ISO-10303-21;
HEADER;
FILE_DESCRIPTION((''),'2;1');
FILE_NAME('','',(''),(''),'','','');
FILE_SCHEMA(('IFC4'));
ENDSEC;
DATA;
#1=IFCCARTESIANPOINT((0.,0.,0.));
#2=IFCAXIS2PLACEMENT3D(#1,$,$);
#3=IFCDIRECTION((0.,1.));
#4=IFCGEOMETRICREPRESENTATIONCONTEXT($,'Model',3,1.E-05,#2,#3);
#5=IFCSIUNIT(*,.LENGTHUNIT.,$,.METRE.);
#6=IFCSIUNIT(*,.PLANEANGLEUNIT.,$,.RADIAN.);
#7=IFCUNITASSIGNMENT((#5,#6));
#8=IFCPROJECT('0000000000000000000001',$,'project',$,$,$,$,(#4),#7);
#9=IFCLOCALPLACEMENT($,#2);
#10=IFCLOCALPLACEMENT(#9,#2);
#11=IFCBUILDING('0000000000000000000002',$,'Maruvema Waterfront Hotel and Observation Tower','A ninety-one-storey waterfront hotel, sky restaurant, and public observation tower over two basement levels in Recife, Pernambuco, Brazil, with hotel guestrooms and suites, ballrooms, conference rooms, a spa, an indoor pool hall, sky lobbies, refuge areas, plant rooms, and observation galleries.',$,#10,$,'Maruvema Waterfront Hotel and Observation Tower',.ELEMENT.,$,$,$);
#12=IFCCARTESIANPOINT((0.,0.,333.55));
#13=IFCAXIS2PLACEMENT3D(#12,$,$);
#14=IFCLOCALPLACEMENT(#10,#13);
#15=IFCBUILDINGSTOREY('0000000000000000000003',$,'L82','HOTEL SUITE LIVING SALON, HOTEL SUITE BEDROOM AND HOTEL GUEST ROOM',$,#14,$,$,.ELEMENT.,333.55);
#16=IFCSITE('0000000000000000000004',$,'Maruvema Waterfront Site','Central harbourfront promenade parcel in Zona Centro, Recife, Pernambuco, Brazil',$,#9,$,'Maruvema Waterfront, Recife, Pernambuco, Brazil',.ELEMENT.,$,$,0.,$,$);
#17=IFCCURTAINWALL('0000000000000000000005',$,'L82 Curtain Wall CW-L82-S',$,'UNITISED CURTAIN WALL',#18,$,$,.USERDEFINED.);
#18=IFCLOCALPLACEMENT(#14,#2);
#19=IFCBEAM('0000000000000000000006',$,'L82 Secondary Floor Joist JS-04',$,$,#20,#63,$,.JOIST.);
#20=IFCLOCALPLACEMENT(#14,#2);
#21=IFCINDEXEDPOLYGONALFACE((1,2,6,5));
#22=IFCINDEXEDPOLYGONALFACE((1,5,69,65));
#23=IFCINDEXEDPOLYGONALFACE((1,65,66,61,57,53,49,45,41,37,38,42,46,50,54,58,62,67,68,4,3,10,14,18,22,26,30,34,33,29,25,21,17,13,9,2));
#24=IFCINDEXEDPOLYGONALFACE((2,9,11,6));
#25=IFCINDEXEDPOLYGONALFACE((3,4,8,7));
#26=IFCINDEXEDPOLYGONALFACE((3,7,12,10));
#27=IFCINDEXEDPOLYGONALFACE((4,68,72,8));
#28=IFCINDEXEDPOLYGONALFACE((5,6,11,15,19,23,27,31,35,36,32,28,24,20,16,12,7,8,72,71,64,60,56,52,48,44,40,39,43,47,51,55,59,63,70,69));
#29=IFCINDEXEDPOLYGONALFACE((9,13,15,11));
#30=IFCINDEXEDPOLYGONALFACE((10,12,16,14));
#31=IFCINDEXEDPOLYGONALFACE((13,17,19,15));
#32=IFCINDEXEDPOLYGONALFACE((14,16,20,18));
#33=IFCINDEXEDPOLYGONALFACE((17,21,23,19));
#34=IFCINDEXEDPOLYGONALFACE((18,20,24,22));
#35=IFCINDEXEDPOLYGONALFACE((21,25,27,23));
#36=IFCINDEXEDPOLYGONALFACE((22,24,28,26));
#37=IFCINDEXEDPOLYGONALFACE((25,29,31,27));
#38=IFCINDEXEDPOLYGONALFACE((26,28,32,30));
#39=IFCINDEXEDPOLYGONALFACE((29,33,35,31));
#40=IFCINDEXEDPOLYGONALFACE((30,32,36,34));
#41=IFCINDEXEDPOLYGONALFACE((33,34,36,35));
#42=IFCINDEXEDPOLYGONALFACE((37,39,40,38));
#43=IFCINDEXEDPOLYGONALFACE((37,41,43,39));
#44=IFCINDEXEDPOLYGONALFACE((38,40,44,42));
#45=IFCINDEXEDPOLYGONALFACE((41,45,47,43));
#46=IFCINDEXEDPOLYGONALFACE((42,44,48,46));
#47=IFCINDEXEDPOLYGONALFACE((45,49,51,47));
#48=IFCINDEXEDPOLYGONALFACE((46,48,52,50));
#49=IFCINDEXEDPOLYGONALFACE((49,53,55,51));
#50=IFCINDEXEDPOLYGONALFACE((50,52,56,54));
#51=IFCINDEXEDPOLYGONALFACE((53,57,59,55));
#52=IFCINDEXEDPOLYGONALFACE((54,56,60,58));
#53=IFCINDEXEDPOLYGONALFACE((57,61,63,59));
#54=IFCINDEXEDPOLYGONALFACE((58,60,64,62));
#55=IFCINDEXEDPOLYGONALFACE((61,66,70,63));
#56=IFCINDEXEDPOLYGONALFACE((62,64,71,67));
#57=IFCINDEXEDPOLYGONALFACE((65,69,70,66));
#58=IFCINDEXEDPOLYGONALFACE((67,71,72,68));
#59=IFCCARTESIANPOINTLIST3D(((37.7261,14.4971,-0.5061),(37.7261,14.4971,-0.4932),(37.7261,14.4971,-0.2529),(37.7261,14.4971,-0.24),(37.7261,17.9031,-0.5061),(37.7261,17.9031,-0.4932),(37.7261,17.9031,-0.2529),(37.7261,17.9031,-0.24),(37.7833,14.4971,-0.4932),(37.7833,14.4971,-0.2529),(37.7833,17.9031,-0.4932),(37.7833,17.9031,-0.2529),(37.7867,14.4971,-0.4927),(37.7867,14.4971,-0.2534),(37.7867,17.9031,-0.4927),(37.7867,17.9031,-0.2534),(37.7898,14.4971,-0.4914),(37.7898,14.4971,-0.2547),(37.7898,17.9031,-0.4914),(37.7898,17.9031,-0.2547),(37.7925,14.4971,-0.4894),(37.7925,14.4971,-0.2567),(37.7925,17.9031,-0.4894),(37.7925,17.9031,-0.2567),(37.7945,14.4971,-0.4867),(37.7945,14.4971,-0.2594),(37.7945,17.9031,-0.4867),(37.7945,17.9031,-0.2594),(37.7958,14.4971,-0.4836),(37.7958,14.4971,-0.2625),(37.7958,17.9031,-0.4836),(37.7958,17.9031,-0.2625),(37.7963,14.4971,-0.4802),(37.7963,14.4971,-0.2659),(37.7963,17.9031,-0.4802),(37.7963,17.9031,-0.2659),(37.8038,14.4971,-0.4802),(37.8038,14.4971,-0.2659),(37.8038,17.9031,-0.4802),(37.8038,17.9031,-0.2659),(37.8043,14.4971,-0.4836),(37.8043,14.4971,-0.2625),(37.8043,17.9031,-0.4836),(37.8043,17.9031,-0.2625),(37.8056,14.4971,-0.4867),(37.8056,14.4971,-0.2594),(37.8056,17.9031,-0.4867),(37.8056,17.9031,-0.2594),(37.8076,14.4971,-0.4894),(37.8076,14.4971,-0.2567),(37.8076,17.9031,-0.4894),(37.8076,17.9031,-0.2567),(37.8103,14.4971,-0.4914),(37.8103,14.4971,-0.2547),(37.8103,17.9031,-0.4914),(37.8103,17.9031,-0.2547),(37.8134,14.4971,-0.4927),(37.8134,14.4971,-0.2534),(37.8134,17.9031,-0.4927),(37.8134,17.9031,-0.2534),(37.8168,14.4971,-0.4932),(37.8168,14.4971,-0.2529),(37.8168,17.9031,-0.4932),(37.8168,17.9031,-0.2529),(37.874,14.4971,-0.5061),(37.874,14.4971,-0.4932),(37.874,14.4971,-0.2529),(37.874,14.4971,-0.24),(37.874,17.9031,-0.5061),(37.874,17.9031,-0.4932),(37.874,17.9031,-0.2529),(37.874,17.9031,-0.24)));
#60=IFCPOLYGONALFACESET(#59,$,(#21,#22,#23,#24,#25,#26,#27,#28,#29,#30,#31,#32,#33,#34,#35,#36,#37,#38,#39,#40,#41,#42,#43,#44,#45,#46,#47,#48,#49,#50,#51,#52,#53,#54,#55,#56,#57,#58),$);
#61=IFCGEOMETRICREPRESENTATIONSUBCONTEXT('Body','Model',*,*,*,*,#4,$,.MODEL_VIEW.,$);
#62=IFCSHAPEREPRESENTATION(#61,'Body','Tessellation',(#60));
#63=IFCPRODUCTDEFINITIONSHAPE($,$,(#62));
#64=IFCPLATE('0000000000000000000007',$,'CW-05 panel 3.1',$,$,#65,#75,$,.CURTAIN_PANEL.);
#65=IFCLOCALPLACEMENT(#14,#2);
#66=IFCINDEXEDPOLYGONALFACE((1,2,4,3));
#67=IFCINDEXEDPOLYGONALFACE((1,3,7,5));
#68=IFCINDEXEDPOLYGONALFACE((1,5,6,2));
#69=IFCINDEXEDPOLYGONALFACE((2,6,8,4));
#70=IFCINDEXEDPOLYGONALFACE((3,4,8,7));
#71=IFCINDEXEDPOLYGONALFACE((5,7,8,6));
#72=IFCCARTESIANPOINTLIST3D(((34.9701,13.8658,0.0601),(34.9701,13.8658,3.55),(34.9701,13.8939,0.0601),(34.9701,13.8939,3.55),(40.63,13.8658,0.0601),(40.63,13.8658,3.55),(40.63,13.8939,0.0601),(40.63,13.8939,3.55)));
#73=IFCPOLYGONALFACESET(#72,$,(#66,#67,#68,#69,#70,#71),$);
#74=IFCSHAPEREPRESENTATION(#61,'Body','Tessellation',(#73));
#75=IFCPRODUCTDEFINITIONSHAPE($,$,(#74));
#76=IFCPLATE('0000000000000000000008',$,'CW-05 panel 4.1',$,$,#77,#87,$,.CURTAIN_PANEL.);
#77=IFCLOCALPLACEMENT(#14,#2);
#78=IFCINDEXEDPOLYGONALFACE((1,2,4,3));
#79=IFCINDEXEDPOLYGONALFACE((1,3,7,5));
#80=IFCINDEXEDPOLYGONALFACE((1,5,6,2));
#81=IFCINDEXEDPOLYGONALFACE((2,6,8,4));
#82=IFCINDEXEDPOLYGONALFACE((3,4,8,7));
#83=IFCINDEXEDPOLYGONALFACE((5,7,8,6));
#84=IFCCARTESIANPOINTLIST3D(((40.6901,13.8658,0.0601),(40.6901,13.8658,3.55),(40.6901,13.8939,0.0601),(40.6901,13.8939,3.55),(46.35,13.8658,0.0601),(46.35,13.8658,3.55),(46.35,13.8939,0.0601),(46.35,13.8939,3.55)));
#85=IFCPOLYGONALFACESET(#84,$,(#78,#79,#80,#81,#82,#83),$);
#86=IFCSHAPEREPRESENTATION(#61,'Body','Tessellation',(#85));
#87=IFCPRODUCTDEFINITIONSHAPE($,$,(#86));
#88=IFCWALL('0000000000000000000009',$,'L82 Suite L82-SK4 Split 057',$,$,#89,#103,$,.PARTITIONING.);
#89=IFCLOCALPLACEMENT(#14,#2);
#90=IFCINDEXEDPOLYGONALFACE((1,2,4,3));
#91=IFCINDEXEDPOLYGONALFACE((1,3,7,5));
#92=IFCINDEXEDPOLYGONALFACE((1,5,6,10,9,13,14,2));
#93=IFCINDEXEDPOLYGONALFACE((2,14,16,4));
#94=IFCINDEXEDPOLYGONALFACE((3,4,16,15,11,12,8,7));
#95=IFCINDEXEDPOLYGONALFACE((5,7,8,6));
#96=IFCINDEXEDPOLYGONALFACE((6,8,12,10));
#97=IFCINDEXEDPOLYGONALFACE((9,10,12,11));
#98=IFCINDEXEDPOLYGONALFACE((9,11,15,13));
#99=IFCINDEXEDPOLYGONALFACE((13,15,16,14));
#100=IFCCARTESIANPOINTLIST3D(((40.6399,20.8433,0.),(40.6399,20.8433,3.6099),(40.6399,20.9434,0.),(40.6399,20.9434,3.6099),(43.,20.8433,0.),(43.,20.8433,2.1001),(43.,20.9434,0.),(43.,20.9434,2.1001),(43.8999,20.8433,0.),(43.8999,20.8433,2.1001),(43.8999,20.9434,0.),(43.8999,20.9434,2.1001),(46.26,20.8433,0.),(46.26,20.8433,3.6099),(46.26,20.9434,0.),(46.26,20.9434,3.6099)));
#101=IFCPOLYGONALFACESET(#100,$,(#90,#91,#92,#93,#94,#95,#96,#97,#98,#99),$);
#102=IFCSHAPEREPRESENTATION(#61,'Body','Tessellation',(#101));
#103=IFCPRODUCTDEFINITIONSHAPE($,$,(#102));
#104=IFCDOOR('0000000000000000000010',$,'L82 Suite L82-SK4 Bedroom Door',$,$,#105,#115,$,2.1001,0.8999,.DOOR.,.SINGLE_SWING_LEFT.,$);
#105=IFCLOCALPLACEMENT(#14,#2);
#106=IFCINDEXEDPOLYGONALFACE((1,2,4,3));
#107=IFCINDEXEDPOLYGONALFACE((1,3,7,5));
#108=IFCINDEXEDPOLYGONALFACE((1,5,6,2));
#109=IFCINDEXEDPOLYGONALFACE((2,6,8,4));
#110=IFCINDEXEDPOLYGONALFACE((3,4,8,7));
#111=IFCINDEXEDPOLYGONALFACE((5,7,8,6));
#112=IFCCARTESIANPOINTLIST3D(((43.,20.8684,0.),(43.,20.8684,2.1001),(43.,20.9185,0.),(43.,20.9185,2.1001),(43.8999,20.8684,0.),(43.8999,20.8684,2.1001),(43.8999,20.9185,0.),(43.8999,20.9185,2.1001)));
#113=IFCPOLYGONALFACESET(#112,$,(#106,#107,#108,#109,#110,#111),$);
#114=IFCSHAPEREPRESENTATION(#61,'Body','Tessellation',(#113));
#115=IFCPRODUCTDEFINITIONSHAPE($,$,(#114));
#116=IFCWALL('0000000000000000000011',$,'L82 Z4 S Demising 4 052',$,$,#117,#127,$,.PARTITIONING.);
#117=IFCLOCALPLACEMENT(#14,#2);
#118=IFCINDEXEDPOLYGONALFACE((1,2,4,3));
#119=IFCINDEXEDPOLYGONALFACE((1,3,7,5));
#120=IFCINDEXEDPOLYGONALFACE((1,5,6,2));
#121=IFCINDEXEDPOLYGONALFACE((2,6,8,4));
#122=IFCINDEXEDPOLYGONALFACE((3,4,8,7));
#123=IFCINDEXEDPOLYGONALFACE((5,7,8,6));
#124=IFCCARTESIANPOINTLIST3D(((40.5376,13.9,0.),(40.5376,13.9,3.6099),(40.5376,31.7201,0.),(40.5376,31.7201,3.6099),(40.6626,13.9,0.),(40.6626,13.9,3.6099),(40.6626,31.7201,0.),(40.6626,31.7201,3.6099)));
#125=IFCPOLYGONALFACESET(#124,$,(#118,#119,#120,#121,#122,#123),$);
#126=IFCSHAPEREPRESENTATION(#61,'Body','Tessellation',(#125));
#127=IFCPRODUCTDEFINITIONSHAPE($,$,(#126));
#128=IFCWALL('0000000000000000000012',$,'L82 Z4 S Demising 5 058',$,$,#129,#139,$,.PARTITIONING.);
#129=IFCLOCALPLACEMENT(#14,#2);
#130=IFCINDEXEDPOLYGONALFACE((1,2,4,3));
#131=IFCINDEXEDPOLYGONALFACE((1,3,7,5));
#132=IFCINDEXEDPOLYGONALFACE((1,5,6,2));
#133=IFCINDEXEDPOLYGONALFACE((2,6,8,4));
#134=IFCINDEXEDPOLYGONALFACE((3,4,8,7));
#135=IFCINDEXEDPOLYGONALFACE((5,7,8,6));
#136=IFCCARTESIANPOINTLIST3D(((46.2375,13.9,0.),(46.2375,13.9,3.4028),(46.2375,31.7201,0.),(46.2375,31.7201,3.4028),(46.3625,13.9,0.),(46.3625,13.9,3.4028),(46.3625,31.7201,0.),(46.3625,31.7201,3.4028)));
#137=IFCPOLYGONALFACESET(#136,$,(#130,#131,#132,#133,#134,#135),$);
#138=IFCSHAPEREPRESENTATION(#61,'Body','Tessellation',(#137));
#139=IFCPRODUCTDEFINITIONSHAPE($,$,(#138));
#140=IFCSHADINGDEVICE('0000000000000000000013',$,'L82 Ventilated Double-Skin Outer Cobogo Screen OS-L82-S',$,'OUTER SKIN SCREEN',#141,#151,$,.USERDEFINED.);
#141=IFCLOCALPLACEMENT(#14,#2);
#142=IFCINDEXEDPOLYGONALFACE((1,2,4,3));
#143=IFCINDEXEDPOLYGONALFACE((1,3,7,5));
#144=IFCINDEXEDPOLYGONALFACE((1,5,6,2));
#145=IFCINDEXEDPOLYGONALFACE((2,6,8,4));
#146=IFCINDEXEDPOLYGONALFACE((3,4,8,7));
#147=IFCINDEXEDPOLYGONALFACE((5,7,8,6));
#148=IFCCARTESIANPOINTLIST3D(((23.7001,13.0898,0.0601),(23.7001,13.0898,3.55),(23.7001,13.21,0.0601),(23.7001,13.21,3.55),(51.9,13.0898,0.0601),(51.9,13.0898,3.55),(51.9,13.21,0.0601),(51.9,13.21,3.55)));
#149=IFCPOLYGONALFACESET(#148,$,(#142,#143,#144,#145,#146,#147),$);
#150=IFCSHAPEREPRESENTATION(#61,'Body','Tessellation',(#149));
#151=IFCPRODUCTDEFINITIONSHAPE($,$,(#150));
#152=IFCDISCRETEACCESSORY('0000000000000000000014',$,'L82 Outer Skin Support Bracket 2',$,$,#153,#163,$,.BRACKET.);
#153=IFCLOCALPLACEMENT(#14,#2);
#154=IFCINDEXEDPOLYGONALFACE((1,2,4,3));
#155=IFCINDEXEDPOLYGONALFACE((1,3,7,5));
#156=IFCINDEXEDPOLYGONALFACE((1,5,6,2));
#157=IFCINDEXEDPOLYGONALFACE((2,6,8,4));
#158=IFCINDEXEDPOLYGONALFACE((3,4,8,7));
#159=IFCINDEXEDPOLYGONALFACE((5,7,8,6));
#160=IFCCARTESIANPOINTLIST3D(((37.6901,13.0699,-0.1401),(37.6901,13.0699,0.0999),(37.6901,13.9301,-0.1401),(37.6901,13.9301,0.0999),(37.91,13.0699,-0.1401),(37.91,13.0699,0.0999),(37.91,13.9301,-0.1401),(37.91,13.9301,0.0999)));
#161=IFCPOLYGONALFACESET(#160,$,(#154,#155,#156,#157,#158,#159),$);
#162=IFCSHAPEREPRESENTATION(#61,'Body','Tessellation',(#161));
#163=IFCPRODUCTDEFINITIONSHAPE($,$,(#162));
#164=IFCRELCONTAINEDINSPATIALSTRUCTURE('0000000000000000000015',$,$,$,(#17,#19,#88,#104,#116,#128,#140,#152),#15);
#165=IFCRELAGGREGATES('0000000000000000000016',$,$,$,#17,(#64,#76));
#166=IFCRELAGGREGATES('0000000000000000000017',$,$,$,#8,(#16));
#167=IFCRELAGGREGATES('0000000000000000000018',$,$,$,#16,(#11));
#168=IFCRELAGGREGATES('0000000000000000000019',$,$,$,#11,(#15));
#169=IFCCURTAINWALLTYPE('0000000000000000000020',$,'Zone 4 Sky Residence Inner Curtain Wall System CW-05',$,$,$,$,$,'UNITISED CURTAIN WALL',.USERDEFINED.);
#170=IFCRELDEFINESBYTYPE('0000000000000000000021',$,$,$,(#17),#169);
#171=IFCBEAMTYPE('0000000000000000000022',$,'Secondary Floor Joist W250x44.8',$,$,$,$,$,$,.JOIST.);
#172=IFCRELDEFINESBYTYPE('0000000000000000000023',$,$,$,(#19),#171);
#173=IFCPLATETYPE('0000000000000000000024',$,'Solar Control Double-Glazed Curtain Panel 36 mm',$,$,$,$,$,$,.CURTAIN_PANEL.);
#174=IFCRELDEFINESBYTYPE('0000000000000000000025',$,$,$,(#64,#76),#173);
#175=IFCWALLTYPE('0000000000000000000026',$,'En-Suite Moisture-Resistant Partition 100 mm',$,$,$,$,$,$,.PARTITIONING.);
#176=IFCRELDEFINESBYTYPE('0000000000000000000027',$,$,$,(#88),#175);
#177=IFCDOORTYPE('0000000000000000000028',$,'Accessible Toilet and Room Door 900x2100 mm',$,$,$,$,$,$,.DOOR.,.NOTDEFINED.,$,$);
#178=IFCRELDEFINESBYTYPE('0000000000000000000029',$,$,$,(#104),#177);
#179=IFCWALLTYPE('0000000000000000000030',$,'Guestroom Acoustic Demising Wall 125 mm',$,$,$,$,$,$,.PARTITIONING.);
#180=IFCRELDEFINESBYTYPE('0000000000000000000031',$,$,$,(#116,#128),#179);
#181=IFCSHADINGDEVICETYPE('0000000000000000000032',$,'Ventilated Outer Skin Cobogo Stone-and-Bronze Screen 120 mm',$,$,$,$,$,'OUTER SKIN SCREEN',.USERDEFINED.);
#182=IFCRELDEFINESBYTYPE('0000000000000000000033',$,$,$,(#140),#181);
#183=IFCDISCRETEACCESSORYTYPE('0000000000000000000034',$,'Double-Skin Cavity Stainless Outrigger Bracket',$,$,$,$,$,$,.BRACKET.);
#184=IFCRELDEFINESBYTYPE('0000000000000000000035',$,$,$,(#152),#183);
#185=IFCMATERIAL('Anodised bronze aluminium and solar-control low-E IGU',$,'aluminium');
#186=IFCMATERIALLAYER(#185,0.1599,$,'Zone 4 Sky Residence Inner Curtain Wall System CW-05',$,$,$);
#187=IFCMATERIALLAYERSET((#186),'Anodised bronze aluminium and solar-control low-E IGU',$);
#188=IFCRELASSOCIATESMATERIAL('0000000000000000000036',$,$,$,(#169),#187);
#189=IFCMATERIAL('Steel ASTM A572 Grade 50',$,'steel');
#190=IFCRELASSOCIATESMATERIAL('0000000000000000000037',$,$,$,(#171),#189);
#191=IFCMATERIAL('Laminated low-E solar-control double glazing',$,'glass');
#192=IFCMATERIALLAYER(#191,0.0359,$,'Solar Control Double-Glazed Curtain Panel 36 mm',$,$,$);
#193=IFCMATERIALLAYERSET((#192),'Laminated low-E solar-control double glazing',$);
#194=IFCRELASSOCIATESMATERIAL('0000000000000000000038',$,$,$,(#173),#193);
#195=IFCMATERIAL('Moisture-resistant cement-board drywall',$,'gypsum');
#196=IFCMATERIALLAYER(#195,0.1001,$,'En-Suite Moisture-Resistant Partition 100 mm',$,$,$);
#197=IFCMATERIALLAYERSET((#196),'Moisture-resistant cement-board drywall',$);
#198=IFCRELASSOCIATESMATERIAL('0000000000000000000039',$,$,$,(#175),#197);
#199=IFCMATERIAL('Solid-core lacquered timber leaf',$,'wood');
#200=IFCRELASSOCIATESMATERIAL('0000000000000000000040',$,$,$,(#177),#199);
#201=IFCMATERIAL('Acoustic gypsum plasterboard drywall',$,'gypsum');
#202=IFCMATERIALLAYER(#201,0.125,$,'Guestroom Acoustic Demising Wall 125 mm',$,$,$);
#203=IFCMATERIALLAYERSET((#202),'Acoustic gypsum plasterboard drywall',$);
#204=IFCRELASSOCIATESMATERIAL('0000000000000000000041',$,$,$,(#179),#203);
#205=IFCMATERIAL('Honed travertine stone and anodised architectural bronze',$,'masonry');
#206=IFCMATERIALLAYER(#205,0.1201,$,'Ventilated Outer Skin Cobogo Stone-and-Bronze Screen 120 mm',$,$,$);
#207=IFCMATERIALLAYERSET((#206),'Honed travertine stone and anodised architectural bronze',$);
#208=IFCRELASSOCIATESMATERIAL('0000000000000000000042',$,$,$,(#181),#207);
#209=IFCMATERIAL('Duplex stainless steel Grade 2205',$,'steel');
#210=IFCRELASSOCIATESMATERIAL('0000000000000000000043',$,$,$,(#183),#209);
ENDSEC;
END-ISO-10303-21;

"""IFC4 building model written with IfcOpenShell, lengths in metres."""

from ifc_helpers import new_model, si_unit, direction, frame, frame_2d, origin, origin_2d, place, context, subcontext, project, spatial, rectangle, i_section, extrude, material, layer, layer_set, material_profile, profile_set, type_object, element, fill, aggregate, save


model = new_model("IFC4")

# Units and contexts
model_context = context("Model", 3, precision=1e-05, world=origin(), true_north=direction((0.0, 1.0)))
body_context = subcontext(model_context, "Body", "Model", "MODEL_VIEW")
ifc_project = project(units=[si_unit("LENGTHUNIT", "METRE"), si_unit("PLANEANGLEUNIT", "RADIAN")], contexts=[model_context])

# Site, building, storey
site_placement = place(None, origin())
site = spatial("IfcSite", under=ifc_project, at=site_placement, Name="Maruvema Waterfront Site", Description="Central harbourfront promenade parcel in Zona Centro, Recife, Pernambuco, Brazil", LongName="Maruvema Waterfront, Recife, Pernambuco, Brazil", CompositionType="ELEMENT", RefElevation=0.0)
building_placement = place(site_placement, origin())
building = spatial("IfcBuilding", under=site, at=building_placement, Name="Maruvema Waterfront Hotel and Observation Tower", Description="A ninety-one-storey waterfront hotel, sky restaurant, and public observation tower over two basement levels in Recife, Pernambuco, Brazil, with hotel guestrooms and suites, ballrooms, conference rooms, a spa, an indoor pool hall, sky lobbies, refuge areas, plant rooms, and observation galleries.", LongName="Maruvema Waterfront Hotel and Observation Tower", CompositionType="ELEMENT")
storey_placement = place(building_placement, frame((0.0, 0.0, 333.55)))
storey = spatial("IfcBuildingStorey", under=building, at=storey_placement, Name="L82", Description="HOTEL SUITE LIVING SALON, HOTEL SUITE BEDROOM AND HOTEL GUEST ROOM", CompositionType="ELEMENT", Elevation=333.55)

# Curtain wall
ifc_material_1 = material(Name="Anodised bronze aluminium and solar-control low-E IGU", Category="aluminium")
ifc_layer_1 = layer(ifc_material_1, 0.1599, Name="Zone 4 Sky Residence Inner Curtain Wall System CW-05")
ifc_layer_set_1 = layer_set([ifc_layer_1], Name="Anodised bronze aluminium and solar-control low-E IGU")
curtain_wall_type = type_object("IfcCurtainWallType", Name="Zone 4 Sky Residence Inner Curtain Wall System CW-05", ElementType="UNITISED CURTAIN WALL", PredefinedType="USERDEFINED", material=ifc_layer_set_1)
curtain_wall_placement = place(storey_placement, origin())
curtain_wall = element("IfcCurtainWall", 1, at=curtain_wall_placement, inside=storey, type_object=curtain_wall_type, Name="L82 Curtain Wall CW-L82-S", ObjectType="UNITISED CURTAIN WALL", PredefinedType="USERDEFINED")

# Beam
ifc_material_2 = material(Name="Steel ASTM A572 Grade 50", Category="steel")
ifc_material_profile_1 = material_profile(ifc_material_2, i_section(OverallWidth=0.1479, OverallDepth=0.2661, WebThickness=0.0076, FlangeThickness=0.0129, FilletRadius=0.0129, at=origin_2d()), Name="W250x44.8")
ifc_profile_set_1 = profile_set([ifc_material_profile_1], Name="Steel ASTM A572 Grade 50")
beam_type_1 = type_object("IfcBeamType", Name="Secondary Floor Joist W250x44.8", PredefinedType="JOIST", material=ifc_profile_set_1)
beam_1_placement = place(storey_placement, frame((37.8, 14.4971, -0.373), z_axis=(0.0, 1.0, 0.0), x_axis=(-1.0, 0.0, 0.0)))
element("IfcBeam", 2, at=beam_1_placement, inside=storey, type_object=beam_type_1, Name="L82 Secondary Floor Joist JS-04", PredefinedType="JOIST", context=body_context, shape_type="SweptSolid", body=[
    extrude(i_section(OverallWidth=0.1479, OverallDepth=0.2661, WebThickness=0.0076, FlangeThickness=0.0129, FilletRadius=0.0129, at=origin_2d()), origin(), (0.0, 0.0, 1.0), 3.406),
])

# Plates
ifc_material_3 = material(Name="Laminated low-E solar-control double glazing", Category="glass")
ifc_layer_2 = layer(ifc_material_3, 0.0359, Name="Solar Control Double-Glazed Curtain Panel 36 mm")
ifc_layer_set_2 = layer_set([ifc_layer_2], Name="Laminated low-E solar-control double glazing")
plate_type = type_object("IfcPlateType", Name="Solar Control Double-Glazed Curtain Panel 36 mm", PredefinedType="CURTAIN_PANEL", material=ifc_layer_set_2)
plate_1_placement = place(storey_placement, frame((37.8, 13.8799, 0.0601), z_axis=(0.0, 0.0, 1.0), x_axis=(1.0, 0.0, 0.0)))
plate_1 = element("IfcPlate", 3, at=plate_1_placement, type_object=plate_type, Name="CW-05 panel 3.1", PredefinedType="CURTAIN_PANEL", context=body_context, shape_type="SweptSolid", body=[
    extrude(rectangle(XDim=5.6599, YDim=0.0281, at=origin_2d()), origin(), (0.0, 0.0, 1.0), 3.49),
])
plate_2_placement = place(storey_placement, frame((43.52, 13.8799, 0.0601), z_axis=(0.0, 0.0, 1.0), x_axis=(1.0, 0.0, 0.0)))
plate_2 = element("IfcPlate", 4, at=plate_2_placement, type_object=plate_type, Name="CW-05 panel 4.1", PredefinedType="CURTAIN_PANEL", context=body_context, shape_type="SweptSolid", body=[
    extrude(rectangle(XDim=5.6599, YDim=0.0281, at=origin_2d()), origin(), (0.0, 0.0, 1.0), 3.49),
])
aggregate(curtain_wall, [plate_1, plate_2])

# Wall, opening, door
ifc_material_4 = material(Name="Moisture-resistant cement-board drywall", Category="gypsum")
ifc_layer_3 = layer(ifc_material_4, 0.1001, Name="En-Suite Moisture-Resistant Partition 100 mm")
ifc_layer_set_3 = layer_set([ifc_layer_3], Name="Moisture-resistant cement-board drywall")
wall_type_1 = type_object("IfcWallType", Name="En-Suite Moisture-Resistant Partition 100 mm", PredefinedType="PARTITIONING", material=ifc_layer_set_3)
wall_1_placement = place(storey_placement, frame((40.6399, 20.8933, 0.0), z_axis=(0.0, 0.0, 1.0), x_axis=(1.0, 0.0, 0.0)))
wall_1 = element("IfcWall", 5, at=wall_1_placement, inside=storey, type_object=wall_type_1, Name="L82 Suite L82-SK4 Split 057", PredefinedType="PARTITIONING", context=body_context, shape_type="SweptSolid", body=[
    extrude(rectangle(XDim=5.6201, YDim=0.1001, at=frame_2d((2.8101, 0.0))), origin(), (0.0, 0.0, 1.0), 3.6099),
])
opening_placement = place(wall_1_placement, frame((2.3601, 0.0, 0.0)))
opening = element("IfcOpeningElement", 6, at=opening_placement, cuts=wall_1, PredefinedType="OPENING", context=body_context, shape_type="SweptSolid", body=[
    extrude(rectangle(XDim=0.8999, YDim=2.1001, at=frame_2d((0.45, 1.05))), frame((0.0, 0.0601, 0.0), z_axis=(0.0, -1.0, 0.0), x_axis=(1.0, 0.0, 0.0)), (0.0, 0.0, 1.0), 0.1201),
])
ifc_material_5 = material(Name="Solid-core lacquered timber leaf", Category="wood")
door_type = type_object("IfcDoorType", Name="Accessible Toilet and Room Door 900x2100 mm", OperationType="NOTDEFINED", PredefinedType="DOOR", material=ifc_material_5)
door_placement = place(opening_placement, frame((0.8999, 0.0, 0.0), z_axis=(0.0, 0.0, 1.0), x_axis=(-1.0, 0.0, 0.0)))
door = element("IfcDoor", 7, at=door_placement, inside=storey, type_object=door_type, Name="L82 Suite L82-SK4 Bedroom Door", OperationType="SINGLE_SWING_LEFT", OverallHeight=2.1001, OverallWidth=0.8999, PredefinedType="DOOR", context=body_context, shape_type="SweptSolid", body=[
    extrude(rectangle(XDim=0.8999, YDim=2.1001, at=frame_2d((0.45, 1.05))), frame((0.0, 0.0249, 0.0), z_axis=(0.0, -1.0, 0.0), x_axis=(1.0, 0.0, 0.0)), (0.0, 0.0, 1.0), 0.05),
])
fill(opening, door)

# Walls
ifc_material_6 = material(Name="Acoustic gypsum plasterboard drywall", Category="gypsum")
ifc_layer_4 = layer(ifc_material_6, 0.125, Name="Guestroom Acoustic Demising Wall 125 mm")
ifc_layer_set_4 = layer_set([ifc_layer_4], Name="Acoustic gypsum plasterboard drywall")
wall_type_2 = type_object("IfcWallType", Name="Guestroom Acoustic Demising Wall 125 mm", PredefinedType="PARTITIONING", material=ifc_layer_set_4)
wall_2_placement = place(storey_placement, frame((40.6001, 13.8999, 0.0), z_axis=(0.0, 0.0, 1.0), x_axis=(0.0, 1.0, 0.0)))
element("IfcWall", 8, at=wall_2_placement, inside=storey, type_object=wall_type_2, Name="L82 Z4 S Demising 4 052", PredefinedType="PARTITIONING", context=body_context, shape_type="SweptSolid", body=[
    extrude(rectangle(XDim=17.8201, YDim=0.125, at=frame_2d((8.9102, 0.0))), origin(), (0.0, 0.0, 1.0), 3.6099),
])
wall_3_placement = place(storey_placement, frame((46.3, 13.8999, 0.0), z_axis=(0.0, 0.0, 1.0), x_axis=(0.0, 1.0, 0.0)))
element("IfcWall", 9, at=wall_3_placement, inside=storey, type_object=wall_type_2, Name="L82 Z4 S Demising 5 058", PredefinedType="PARTITIONING", context=body_context, shape_type="SweptSolid", body=[
    extrude(rectangle(XDim=17.8201, YDim=0.125, at=frame_2d((8.9102, 0.0))), origin(), (0.0, 0.0, 1.0), 3.4028),
])

# Shading device
ifc_material_7 = material(Name="Honed travertine stone and anodised architectural bronze", Category="masonry")
ifc_layer_5 = layer(ifc_material_7, 0.1201, Name="Ventilated Outer Skin Cobogo Stone-and-Bronze Screen 120 mm")
ifc_layer_set_5 = layer_set([ifc_layer_5], Name="Honed travertine stone and anodised architectural bronze")
shading_device_type = type_object("IfcShadingDeviceType", Name="Ventilated Outer Skin Cobogo Stone-and-Bronze Screen 120 mm", ElementType="OUTER SKIN SCREEN", PredefinedType="USERDEFINED", material=ifc_layer_set_5)
shading_device_placement = place(storey_placement, frame((37.8, 13.1499, 0.0601), z_axis=(0.0, 0.0, 1.0), x_axis=(1.0, 0.0, 0.0)))
element("IfcShadingDevice", 10, at=shading_device_placement, inside=storey, type_object=shading_device_type, Name="L82 Ventilated Double-Skin Outer Cobogo Screen OS-L82-S", ObjectType="OUTER SKIN SCREEN", PredefinedType="USERDEFINED", context=body_context, shape_type="SweptSolid", body=[
    extrude(rectangle(XDim=28.2, YDim=0.1201, at=origin_2d()), origin(), (0.0, 0.0, 1.0), 3.49),
])

# Discrete accessory
ifc_material_8 = material(Name="Duplex stainless steel Grade 2205", Category="steel")
discrete_accessory_type = type_object("IfcDiscreteAccessoryType", Name="Double-Skin Cavity Stainless Outrigger Bracket", PredefinedType="BRACKET", material=ifc_material_8)
discrete_accessory_placement = place(storey_placement, frame((37.8, 13.5, -0.1401), z_axis=(0.0, 0.0, 1.0), x_axis=(1.0, 0.0, 0.0)))
element("IfcDiscreteAccessory", 11, at=discrete_accessory_placement, inside=storey, type_object=discrete_accessory_type, Name="L82 Outer Skin Support Bracket 2", PredefinedType="BRACKET", context=body_context, shape_type="SweptSolid", body=[
    extrude(rectangle(XDim=0.22, YDim=0.8601, at=origin_2d()), origin(), (0.0, 0.0, 1.0), 0.24),
])

save(model, "model.ifc")
